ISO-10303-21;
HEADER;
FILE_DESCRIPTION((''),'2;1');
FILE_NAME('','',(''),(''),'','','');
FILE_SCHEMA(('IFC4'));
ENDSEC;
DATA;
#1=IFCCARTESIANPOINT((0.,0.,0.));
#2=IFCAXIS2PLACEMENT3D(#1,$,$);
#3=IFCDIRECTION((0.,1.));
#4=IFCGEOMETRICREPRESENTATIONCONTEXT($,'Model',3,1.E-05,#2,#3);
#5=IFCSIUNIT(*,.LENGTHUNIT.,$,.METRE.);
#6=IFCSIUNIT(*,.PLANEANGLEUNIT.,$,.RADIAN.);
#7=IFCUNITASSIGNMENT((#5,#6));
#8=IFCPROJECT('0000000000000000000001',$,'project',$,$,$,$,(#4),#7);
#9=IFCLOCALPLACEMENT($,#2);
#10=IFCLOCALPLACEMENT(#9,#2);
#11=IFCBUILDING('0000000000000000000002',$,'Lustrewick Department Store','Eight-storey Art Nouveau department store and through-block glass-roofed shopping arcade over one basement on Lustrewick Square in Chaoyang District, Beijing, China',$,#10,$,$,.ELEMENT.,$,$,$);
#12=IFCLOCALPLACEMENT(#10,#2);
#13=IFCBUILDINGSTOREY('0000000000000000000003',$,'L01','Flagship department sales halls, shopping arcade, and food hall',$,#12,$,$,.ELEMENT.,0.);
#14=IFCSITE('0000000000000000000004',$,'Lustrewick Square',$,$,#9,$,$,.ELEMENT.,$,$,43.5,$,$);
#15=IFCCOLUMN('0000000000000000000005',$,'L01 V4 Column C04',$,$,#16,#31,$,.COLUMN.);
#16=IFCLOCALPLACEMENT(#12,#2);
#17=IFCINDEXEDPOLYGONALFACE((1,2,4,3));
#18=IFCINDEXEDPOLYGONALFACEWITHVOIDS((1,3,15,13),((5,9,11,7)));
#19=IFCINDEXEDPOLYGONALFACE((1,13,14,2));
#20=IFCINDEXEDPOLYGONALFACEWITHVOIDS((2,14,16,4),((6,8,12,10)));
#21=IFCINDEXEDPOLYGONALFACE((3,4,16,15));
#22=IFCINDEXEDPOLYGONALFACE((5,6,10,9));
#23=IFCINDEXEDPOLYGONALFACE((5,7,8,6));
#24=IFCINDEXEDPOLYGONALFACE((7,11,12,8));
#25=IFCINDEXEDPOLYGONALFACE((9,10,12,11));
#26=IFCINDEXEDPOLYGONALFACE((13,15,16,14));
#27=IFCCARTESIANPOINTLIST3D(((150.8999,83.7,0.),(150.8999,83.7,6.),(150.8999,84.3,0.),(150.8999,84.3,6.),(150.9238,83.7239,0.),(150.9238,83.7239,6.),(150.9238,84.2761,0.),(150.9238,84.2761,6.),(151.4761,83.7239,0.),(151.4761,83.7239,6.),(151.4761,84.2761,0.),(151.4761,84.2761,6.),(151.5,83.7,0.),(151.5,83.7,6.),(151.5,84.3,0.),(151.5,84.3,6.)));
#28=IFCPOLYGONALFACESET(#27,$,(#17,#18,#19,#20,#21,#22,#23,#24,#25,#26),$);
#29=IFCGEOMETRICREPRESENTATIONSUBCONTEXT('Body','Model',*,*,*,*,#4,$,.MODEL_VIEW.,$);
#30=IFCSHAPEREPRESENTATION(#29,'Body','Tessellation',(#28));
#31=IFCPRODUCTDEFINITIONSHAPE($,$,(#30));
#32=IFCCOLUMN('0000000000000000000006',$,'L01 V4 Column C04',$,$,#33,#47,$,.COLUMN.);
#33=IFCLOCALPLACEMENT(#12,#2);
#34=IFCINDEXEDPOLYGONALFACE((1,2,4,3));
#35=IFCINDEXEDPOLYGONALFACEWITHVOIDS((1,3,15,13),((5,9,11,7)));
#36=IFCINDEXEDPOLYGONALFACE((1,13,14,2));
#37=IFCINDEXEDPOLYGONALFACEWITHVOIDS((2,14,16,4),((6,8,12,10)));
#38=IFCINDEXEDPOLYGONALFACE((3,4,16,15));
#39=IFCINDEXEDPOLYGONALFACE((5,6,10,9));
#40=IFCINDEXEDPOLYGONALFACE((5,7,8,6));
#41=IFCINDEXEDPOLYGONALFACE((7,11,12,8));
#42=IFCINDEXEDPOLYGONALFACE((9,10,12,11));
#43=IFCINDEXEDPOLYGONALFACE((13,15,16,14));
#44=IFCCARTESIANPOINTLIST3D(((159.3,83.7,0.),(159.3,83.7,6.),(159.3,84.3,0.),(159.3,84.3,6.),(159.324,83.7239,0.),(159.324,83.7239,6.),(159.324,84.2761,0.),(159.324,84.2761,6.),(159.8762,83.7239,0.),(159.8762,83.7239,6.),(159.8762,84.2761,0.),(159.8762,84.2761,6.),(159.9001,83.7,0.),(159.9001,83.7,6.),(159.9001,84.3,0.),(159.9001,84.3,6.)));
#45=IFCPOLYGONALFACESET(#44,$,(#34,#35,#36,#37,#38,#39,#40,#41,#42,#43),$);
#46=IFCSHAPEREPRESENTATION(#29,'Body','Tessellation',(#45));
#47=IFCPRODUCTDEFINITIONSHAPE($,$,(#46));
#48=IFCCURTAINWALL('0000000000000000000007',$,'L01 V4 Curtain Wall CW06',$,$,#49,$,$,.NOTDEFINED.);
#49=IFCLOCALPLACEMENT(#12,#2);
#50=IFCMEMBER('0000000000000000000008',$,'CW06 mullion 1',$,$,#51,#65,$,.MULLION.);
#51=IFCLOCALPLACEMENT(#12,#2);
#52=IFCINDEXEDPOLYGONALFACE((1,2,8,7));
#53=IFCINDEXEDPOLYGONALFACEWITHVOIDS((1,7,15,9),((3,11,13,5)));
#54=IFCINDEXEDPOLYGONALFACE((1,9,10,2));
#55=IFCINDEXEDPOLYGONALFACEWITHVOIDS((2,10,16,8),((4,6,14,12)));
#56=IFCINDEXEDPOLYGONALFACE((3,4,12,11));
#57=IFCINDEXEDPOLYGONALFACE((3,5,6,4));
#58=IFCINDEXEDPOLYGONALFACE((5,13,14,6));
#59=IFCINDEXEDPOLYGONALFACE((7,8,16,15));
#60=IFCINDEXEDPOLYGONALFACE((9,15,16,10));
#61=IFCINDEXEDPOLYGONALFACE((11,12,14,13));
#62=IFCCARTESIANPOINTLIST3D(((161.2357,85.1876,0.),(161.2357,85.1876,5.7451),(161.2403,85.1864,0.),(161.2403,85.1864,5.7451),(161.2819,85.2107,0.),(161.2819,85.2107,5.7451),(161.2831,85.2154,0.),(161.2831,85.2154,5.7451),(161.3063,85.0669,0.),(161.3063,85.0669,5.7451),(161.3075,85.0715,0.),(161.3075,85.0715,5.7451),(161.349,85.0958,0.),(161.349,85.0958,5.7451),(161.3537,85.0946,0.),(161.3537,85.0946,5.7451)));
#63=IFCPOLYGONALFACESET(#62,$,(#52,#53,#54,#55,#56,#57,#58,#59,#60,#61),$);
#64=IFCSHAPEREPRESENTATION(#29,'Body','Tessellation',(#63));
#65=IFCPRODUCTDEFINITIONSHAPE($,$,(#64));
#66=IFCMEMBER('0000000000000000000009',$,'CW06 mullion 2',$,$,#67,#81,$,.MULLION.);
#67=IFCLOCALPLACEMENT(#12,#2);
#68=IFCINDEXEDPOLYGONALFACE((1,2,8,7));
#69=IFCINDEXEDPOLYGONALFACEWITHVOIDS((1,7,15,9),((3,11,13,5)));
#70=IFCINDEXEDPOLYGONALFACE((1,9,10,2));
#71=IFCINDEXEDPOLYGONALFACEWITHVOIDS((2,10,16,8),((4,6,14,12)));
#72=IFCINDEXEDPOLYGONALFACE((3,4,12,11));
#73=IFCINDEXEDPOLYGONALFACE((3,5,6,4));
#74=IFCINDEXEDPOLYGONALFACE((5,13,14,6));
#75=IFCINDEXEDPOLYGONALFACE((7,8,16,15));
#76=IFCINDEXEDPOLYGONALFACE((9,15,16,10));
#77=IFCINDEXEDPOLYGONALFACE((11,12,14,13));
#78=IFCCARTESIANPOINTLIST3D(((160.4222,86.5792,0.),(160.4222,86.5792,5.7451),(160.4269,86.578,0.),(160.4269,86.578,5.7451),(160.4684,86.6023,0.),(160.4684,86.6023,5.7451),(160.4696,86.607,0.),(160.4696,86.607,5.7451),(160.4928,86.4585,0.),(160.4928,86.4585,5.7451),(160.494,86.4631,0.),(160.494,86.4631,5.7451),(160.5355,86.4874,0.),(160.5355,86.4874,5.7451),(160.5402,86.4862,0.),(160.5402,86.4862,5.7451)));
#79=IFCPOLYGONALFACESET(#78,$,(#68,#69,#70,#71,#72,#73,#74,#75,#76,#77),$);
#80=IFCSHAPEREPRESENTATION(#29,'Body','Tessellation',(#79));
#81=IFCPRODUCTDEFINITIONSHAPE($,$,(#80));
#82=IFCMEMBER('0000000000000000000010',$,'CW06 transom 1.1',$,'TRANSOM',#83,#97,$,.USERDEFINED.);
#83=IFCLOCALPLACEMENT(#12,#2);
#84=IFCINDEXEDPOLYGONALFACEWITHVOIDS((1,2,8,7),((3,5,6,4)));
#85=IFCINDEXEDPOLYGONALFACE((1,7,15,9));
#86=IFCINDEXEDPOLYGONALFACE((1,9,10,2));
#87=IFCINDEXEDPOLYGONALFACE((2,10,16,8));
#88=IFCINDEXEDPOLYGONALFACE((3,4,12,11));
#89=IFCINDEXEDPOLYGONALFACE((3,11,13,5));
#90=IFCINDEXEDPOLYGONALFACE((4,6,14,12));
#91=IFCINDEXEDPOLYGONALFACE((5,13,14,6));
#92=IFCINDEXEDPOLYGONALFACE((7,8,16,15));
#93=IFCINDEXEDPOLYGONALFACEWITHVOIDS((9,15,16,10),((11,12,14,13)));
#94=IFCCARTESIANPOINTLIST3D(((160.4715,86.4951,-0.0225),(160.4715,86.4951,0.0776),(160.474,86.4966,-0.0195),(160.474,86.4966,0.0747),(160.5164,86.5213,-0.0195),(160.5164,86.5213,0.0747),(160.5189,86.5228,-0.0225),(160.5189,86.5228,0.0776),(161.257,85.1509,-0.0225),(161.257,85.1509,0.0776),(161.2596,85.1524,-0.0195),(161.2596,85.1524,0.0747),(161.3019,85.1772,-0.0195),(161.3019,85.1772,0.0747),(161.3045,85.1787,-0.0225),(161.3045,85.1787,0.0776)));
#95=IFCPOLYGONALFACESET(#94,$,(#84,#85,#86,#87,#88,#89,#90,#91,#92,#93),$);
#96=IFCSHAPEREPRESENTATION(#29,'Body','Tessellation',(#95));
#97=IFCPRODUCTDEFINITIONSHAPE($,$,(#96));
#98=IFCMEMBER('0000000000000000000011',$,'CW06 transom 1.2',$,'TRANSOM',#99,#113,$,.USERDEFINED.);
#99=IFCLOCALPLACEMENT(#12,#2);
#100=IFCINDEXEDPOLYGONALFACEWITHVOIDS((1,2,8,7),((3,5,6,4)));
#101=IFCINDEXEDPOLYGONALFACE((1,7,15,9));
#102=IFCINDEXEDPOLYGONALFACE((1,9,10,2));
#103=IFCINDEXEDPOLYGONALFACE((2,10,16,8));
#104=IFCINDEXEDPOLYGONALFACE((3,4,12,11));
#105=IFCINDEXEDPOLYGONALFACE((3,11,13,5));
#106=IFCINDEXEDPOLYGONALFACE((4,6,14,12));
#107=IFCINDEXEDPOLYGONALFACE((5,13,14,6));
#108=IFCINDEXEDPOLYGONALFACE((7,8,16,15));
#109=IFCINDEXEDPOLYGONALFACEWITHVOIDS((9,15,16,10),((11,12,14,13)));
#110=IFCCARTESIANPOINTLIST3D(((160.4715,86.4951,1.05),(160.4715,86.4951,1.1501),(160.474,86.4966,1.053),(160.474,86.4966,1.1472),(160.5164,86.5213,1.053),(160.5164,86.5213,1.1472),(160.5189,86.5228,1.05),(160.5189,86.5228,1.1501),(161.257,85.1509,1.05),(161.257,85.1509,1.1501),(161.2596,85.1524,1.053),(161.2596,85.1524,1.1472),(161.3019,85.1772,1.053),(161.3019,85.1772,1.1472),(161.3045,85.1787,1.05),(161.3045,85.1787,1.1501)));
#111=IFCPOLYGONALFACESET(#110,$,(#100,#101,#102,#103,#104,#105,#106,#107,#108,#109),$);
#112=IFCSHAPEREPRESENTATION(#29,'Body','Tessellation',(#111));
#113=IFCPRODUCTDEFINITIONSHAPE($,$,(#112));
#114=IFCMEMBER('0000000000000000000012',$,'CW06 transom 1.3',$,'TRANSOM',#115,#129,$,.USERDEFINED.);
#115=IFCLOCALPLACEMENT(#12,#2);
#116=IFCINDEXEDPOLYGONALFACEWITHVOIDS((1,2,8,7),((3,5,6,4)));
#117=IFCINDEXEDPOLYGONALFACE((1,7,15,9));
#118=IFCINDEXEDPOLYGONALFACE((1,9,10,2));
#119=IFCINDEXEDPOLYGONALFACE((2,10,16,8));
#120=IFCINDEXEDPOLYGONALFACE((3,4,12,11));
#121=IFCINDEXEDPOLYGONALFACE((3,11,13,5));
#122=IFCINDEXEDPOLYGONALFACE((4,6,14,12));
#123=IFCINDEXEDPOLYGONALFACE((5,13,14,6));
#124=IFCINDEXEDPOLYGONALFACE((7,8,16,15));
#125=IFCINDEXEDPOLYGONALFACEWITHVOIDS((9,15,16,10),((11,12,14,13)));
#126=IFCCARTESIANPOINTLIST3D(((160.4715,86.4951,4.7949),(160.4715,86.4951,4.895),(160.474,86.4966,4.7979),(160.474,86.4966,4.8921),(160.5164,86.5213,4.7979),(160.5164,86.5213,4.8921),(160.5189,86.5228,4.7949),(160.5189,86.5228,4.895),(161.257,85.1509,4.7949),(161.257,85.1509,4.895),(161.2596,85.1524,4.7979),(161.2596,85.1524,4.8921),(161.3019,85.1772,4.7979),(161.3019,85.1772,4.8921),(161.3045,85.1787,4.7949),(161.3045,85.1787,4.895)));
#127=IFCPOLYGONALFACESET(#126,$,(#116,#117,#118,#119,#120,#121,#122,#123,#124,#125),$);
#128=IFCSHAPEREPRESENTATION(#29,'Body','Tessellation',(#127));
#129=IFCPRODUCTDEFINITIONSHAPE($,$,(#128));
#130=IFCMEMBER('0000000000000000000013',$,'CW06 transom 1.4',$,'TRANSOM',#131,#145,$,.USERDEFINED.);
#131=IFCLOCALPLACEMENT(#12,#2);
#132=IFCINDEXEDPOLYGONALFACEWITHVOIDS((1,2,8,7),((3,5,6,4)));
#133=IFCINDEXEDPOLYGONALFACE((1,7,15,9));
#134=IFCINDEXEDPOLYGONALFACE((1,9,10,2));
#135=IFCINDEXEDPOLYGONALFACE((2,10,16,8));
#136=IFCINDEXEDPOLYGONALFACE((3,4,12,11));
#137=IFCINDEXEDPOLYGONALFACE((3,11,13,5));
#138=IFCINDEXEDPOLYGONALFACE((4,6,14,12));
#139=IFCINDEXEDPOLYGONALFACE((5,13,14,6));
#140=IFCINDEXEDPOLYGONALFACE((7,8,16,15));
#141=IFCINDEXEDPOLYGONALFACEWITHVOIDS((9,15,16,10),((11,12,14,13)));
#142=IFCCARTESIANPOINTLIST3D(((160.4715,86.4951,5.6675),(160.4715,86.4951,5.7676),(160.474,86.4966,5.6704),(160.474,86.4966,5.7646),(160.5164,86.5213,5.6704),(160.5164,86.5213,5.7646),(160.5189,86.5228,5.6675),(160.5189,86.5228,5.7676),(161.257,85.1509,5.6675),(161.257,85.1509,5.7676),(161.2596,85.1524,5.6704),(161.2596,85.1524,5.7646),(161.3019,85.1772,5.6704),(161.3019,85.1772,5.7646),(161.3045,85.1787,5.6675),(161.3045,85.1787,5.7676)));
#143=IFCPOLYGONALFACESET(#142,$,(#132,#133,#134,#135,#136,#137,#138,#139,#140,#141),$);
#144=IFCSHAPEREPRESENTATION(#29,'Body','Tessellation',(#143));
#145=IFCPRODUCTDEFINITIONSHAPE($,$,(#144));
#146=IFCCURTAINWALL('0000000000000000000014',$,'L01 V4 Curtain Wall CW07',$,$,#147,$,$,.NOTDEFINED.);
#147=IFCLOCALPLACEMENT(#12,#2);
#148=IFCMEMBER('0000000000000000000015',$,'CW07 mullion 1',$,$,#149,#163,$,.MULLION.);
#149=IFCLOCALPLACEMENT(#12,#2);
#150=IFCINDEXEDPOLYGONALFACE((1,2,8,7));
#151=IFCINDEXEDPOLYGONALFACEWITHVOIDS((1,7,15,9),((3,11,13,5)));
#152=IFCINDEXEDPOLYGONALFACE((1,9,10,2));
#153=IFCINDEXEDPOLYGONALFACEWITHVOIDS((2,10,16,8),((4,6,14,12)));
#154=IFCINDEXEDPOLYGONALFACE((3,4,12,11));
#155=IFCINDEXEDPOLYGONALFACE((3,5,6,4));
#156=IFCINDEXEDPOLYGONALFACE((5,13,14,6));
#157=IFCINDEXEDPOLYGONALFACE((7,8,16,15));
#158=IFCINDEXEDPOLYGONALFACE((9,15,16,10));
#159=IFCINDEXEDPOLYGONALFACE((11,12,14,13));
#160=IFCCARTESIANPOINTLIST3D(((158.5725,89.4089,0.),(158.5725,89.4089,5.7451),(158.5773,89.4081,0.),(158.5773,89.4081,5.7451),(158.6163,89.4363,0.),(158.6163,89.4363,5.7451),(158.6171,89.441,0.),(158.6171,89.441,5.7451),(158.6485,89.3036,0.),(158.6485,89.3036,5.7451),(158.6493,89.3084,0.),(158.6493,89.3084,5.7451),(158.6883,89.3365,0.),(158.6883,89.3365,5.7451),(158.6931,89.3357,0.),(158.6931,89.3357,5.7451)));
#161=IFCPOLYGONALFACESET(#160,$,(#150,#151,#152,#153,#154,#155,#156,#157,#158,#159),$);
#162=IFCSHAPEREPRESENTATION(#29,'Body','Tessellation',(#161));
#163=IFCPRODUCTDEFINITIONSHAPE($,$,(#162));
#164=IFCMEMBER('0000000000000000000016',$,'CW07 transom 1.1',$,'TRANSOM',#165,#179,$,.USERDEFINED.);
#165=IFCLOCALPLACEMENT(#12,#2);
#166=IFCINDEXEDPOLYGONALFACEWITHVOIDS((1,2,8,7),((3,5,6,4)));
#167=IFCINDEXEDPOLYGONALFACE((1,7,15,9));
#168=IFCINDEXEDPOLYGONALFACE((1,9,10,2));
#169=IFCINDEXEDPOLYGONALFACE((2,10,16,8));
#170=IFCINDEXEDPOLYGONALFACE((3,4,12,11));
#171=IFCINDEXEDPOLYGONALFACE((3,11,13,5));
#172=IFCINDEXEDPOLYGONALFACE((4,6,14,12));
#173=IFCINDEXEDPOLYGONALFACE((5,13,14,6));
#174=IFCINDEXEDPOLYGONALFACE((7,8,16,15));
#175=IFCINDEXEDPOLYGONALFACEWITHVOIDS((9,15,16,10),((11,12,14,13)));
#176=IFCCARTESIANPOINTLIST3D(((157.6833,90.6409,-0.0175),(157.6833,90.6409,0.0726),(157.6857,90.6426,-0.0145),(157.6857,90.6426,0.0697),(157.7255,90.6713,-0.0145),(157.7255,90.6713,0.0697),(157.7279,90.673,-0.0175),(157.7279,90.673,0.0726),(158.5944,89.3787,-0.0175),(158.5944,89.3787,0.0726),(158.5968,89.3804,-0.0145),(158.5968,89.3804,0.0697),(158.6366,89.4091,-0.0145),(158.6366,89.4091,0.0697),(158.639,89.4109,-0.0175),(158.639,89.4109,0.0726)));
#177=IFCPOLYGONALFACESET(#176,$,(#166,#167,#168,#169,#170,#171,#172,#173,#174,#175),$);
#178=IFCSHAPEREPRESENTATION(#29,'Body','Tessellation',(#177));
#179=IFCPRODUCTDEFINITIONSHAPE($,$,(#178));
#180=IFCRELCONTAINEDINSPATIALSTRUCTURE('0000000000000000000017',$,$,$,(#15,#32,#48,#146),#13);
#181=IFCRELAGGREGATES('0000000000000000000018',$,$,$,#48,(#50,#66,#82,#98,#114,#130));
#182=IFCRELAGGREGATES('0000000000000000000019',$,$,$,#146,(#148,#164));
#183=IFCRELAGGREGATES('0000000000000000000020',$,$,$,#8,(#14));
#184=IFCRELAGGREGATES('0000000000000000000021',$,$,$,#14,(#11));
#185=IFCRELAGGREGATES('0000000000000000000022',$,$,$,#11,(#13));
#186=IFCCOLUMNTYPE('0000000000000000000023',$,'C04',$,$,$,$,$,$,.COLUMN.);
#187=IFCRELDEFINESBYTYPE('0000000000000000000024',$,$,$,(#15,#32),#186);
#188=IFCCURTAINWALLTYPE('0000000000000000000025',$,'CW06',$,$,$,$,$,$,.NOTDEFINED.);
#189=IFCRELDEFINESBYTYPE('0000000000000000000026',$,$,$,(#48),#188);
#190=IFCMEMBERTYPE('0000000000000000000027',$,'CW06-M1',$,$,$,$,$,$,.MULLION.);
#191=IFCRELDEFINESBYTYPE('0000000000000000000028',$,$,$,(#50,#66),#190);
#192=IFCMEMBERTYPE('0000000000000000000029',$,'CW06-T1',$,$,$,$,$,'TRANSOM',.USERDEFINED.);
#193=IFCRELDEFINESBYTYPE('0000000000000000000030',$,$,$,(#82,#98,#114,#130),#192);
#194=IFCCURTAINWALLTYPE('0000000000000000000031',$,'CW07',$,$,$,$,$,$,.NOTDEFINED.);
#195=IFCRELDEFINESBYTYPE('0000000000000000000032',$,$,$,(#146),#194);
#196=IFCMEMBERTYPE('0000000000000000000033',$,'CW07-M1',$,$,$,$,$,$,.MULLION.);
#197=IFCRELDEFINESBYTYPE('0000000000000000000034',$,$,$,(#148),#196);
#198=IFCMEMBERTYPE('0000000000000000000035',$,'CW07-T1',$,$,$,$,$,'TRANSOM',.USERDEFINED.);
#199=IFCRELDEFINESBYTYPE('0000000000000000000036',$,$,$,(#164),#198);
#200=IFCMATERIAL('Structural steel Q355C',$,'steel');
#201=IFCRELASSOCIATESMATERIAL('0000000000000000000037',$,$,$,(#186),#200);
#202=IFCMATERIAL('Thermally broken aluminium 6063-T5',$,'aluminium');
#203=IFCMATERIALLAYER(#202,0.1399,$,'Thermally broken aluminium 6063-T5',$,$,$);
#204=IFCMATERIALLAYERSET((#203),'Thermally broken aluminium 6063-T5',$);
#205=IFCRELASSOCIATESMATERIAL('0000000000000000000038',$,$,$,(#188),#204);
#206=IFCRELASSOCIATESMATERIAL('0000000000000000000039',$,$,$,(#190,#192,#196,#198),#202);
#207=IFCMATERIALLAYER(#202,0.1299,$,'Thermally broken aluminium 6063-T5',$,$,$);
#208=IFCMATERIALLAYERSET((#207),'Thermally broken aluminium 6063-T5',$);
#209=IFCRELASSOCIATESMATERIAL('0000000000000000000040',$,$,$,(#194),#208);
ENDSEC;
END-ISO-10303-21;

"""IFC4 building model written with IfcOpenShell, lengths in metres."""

from ifc_helpers import new_model, si_unit, direction, frame, origin, origin_2d, place, context, subcontext, project, spatial, hollow_rectangle, extrude, material, layer, layer_set, material_profile, profile_set, type_object, element, aggregate, save


model = new_model("IFC4")

# Units and contexts
model_context = context("Model", 3, precision=1e-05, world=origin(), true_north=direction((0.0, 1.0)))
body_context = subcontext(model_context, "Body", "Model", "MODEL_VIEW")
ifc_project = project(units=[si_unit("LENGTHUNIT", "METRE"), si_unit("PLANEANGLEUNIT", "RADIAN")], contexts=[model_context])

# Site, building, storey
site_placement = place(None, origin())
site = spatial("IfcSite", under=ifc_project, at=site_placement, Name="Lustrewick Square", CompositionType="ELEMENT", RefElevation=43.5)
building_placement = place(site_placement, origin())
building = spatial("IfcBuilding", under=site, at=building_placement, Name="Lustrewick Department Store", Description="Eight-storey Art Nouveau department store and through-block glass-roofed shopping arcade over one basement on Lustrewick Square in Chaoyang District, Beijing, China", CompositionType="ELEMENT")
storey_placement = place(building_placement, origin())
storey = spatial("IfcBuildingStorey", under=building, at=storey_placement, Name="L01", Description="Flagship department sales halls, shopping arcade, and food hall", CompositionType="ELEMENT", Elevation=0.0)

# Columns
ifc_material_1 = material(Name="Structural steel Q355C", Category="steel")
ifc_material_profile_1 = material_profile(ifc_material_1, hollow_rectangle(XDim=0.6001, YDim=0.6001, WallThickness=0.0239, at=origin_2d()), Name="BOX 600x600x24")
ifc_profile_set_1 = profile_set([ifc_material_profile_1], Name="Structural steel Q355C")
column_type = type_object("IfcColumnType", Name="C04", PredefinedType="COLUMN", material=ifc_profile_set_1)
for number, where, z_axis, x_axis, name in (
    (1, (151.2, 84.0, 0.0), (0.0, 0.0, 1.0), (1.0, 0.0, 0.0), "L01 V4 Column C04"),
    (2, (159.6001, 84.0, 0.0), (0.0, 0.0, 1.0), (1.0, 0.0, 0.0), "L01 V4 Column C04"),
):
    element("IfcColumn", number, at=place(storey_placement, frame(where, z_axis=z_axis, x_axis=x_axis)), inside=storey, type_object=column_type, Name=name, PredefinedType="COLUMN", context=body_context, shape_type="SweptSolid", body=[
        extrude(hollow_rectangle(XDim=0.6001, YDim=0.6001, WallThickness=0.0239, at=origin_2d()), origin(), (0.0, 0.0, 1.0), 6.0),
    ])

# Curtain walls, members
ifc_material_2 = material(Name="Thermally broken aluminium 6063-T5", Category="aluminium")
ifc_layer_1 = layer(ifc_material_2, 0.1399, Name="Thermally broken aluminium 6063-T5")
ifc_layer_set_1 = layer_set([ifc_layer_1], Name="Thermally broken aluminium 6063-T5")
curtain_wall_type_1 = type_object("IfcCurtainWallType", Name="CW06", PredefinedType="NOTDEFINED", material=ifc_layer_set_1)
curtain_wall_1_placement = place(storey_placement, origin())
curtain_wall_1 = element("IfcCurtainWall", 3, at=curtain_wall_1_placement, inside=storey, type_object=curtain_wall_type_1, Name="L01 V4 Curtain Wall CW06", PredefinedType="NOTDEFINED")
ifc_material_profile_2 = material_profile(ifc_material_2, hollow_rectangle(XDim=0.0549, YDim=0.1399, WallThickness=0.0034, at=origin_2d()), Name="ALU-M 55x140x3.5")
ifc_profile_set_2 = profile_set([ifc_material_profile_2], Name="Thermally broken aluminium 6063-T5")
member_type_1 = type_object("IfcMemberType", Name="CW06-M1", PredefinedType="MULLION", material=ifc_profile_set_2)
member_1_placement = place(storey_placement, frame((161.2947, 85.1411, 0.0), z_axis=(0.0, 0.0, 1.0), x_axis=(-0.863328, -0.504643, 0.0)))
member_1 = element("IfcMember", 4, at=member_1_placement, type_object=member_type_1, Name="CW06 mullion 1", PredefinedType="MULLION", context=body_context, shape_type="SweptSolid", body=[
    extrude(hollow_rectangle(XDim=0.0549, YDim=0.1399, WallThickness=0.0034, at=origin_2d()), origin(), (0.0, 0.0, 1.0), 5.7451),
])
member_2_placement = place(storey_placement, frame((160.4812, 86.5327, 0.0), z_axis=(0.0, 0.0, 1.0), x_axis=(-0.863328, -0.504643, 0.0)))
member_2 = element("IfcMember", 5, at=member_2_placement, type_object=member_type_1, Name="CW06 mullion 2", PredefinedType="MULLION", context=body_context, shape_type="SweptSolid", body=[
    extrude(hollow_rectangle(XDim=0.0549, YDim=0.1399, WallThickness=0.0034, at=origin_2d()), origin(), (0.0, 0.0, 1.0), 5.7451),
])
ifc_material_profile_3 = material_profile(ifc_material_2, hollow_rectangle(XDim=0.0549, YDim=0.1001, WallThickness=0.0029, at=origin_2d()), Name="ALU-T 55x100x3")
ifc_profile_set_3 = profile_set([ifc_material_profile_3], Name="Thermally broken aluminium 6063-T5")
member_type_2 = type_object("IfcMemberType", Name="CW06-T1", ElementType="TRANSOM", PredefinedType="USERDEFINED", material=ifc_profile_set_3)
member_3_placement = place(storey_placement, frame((161.2808, 85.1648, 0.0276), z_axis=(-0.504592, 0.863358, 0.0), x_axis=(-0.863358, -0.504592, 0.0)))
member_3 = element("IfcMember", 6, at=member_3_placement, type_object=member_type_2, Name="CW06 transom 1.1", ObjectType="TRANSOM", PredefinedType="USERDEFINED", context=body_context, shape_type="SweptSolid", body=[
    extrude(hollow_rectangle(XDim=0.0549, YDim=0.1001, WallThickness=0.0029, at=origin_2d()), origin(), (0.0, 0.0, 1.0), 1.5569),
])
member_4_placement = place(storey_placement, frame((161.2808, 85.1648, 1.1001), z_axis=(-0.504592, 0.863358, 0.0), x_axis=(-0.863358, -0.504592, 0.0)))
member_4 = element("IfcMember", 7, at=member_4_placement, type_object=member_type_2, Name="CW06 transom 1.2", ObjectType="TRANSOM", PredefinedType="USERDEFINED", context=body_context, shape_type="SweptSolid", body=[
    extrude(hollow_rectangle(XDim=0.0549, YDim=0.1001, WallThickness=0.0029, at=origin_2d()), origin(), (0.0, 0.0, 1.0), 1.5569),
])
member_5_placement = place(storey_placement, frame((161.2808, 85.1648, 4.845), z_axis=(-0.504592, 0.863358, 0.0), x_axis=(-0.863358, -0.504592, 0.0)))
member_5 = element("IfcMember", 8, at=member_5_placement, type_object=member_type_2, Name="CW06 transom 1.3", ObjectType="TRANSOM", PredefinedType="USERDEFINED", context=body_context, shape_type="SweptSolid", body=[
    extrude(hollow_rectangle(XDim=0.0549, YDim=0.1001, WallThickness=0.0029, at=origin_2d()), origin(), (0.0, 0.0, 1.0), 1.5569),
])
member_6_placement = place(storey_placement, frame((161.2808, 85.1648, 5.7175), z_axis=(-0.504592, 0.863358, 0.0), x_axis=(-0.863358, -0.504592, 0.0)))
member_6 = element("IfcMember", 9, at=member_6_placement, type_object=member_type_2, Name="CW06 transom 1.4", ObjectType="TRANSOM", PredefinedType="USERDEFINED", context=body_context, shape_type="SweptSolid", body=[
    extrude(hollow_rectangle(XDim=0.0549, YDim=0.1001, WallThickness=0.0029, at=origin_2d()), origin(), (0.0, 0.0, 1.0), 1.5569),
])
ifc_layer_2 = layer(ifc_material_2, 0.1299, Name="Thermally broken aluminium 6063-T5")
ifc_layer_set_2 = layer_set([ifc_layer_2], Name="Thermally broken aluminium 6063-T5")
curtain_wall_type_2 = type_object("IfcCurtainWallType", Name="CW07", PredefinedType="NOTDEFINED", material=ifc_layer_set_2)
curtain_wall_2_placement = place(storey_placement, origin())
curtain_wall_2 = element("IfcCurtainWall", 10, at=curtain_wall_2_placement, inside=storey, type_object=curtain_wall_type_2, Name="L01 V4 Curtain Wall CW07", PredefinedType="NOTDEFINED")
ifc_material_profile_4 = material_profile(ifc_material_2, hollow_rectangle(XDim=0.0549, YDim=0.1299, WallThickness=0.0034, at=origin_2d()), Name="ALU-M 55x130x3.5")
ifc_profile_set_4 = profile_set([ifc_material_profile_4], Name="Thermally broken aluminium 6063-T5")
member_type_3 = type_object("IfcMemberType", Name="CW07-M1", PredefinedType="MULLION", material=ifc_profile_set_4)
member_7_placement = place(storey_placement, frame((158.6328, 89.3723, 0.0), z_axis=(0.0, 0.0, 1.0), x_axis=(-0.810866, -0.585232, 0.0)))
member_7 = element("IfcMember", 11, at=member_7_placement, type_object=member_type_3, Name="CW07 mullion 1", PredefinedType="MULLION", context=body_context, shape_type="SweptSolid", body=[
    extrude(hollow_rectangle(XDim=0.0549, YDim=0.1299, WallThickness=0.0034, at=origin_2d()), origin(), (0.0, 0.0, 1.0), 5.7451),
])
ifc_material_profile_5 = material_profile(ifc_material_2, hollow_rectangle(XDim=0.0549, YDim=0.0901, WallThickness=0.0029, at=origin_2d()), Name="ALU-T 55x90x3")
ifc_profile_set_5 = profile_set([ifc_material_profile_5], Name="Thermally broken aluminium 6063-T5")
member_type_4 = type_object("IfcMemberType", Name="CW07-T1", ElementType="TRANSOM", PredefinedType="USERDEFINED", material=ifc_profile_set_5)
member_8_placement = place(storey_placement, frame((158.6167, 89.3948, 0.0276), z_axis=(-0.585296, 0.81082, 0.0), x_axis=(-0.81082, -0.585296, 0.0)))
member_8 = element("IfcMember", 12, at=member_8_placement, type_object=member_type_4, Name="CW07 transom 1.1", ObjectType="TRANSOM", PredefinedType="USERDEFINED", context=body_context, shape_type="SweptSolid", body=[
    extrude(hollow_rectangle(XDim=0.0549, YDim=0.0901, WallThickness=0.0029, at=origin_2d()), origin(), (0.0, 0.0, 1.0), 1.5566),
])

aggregate(curtain_wall_1, [member_1, member_2, member_3, member_4, member_5, member_6])
aggregate(curtain_wall_2, [member_7, member_8])

save(model, "model.ifc")
